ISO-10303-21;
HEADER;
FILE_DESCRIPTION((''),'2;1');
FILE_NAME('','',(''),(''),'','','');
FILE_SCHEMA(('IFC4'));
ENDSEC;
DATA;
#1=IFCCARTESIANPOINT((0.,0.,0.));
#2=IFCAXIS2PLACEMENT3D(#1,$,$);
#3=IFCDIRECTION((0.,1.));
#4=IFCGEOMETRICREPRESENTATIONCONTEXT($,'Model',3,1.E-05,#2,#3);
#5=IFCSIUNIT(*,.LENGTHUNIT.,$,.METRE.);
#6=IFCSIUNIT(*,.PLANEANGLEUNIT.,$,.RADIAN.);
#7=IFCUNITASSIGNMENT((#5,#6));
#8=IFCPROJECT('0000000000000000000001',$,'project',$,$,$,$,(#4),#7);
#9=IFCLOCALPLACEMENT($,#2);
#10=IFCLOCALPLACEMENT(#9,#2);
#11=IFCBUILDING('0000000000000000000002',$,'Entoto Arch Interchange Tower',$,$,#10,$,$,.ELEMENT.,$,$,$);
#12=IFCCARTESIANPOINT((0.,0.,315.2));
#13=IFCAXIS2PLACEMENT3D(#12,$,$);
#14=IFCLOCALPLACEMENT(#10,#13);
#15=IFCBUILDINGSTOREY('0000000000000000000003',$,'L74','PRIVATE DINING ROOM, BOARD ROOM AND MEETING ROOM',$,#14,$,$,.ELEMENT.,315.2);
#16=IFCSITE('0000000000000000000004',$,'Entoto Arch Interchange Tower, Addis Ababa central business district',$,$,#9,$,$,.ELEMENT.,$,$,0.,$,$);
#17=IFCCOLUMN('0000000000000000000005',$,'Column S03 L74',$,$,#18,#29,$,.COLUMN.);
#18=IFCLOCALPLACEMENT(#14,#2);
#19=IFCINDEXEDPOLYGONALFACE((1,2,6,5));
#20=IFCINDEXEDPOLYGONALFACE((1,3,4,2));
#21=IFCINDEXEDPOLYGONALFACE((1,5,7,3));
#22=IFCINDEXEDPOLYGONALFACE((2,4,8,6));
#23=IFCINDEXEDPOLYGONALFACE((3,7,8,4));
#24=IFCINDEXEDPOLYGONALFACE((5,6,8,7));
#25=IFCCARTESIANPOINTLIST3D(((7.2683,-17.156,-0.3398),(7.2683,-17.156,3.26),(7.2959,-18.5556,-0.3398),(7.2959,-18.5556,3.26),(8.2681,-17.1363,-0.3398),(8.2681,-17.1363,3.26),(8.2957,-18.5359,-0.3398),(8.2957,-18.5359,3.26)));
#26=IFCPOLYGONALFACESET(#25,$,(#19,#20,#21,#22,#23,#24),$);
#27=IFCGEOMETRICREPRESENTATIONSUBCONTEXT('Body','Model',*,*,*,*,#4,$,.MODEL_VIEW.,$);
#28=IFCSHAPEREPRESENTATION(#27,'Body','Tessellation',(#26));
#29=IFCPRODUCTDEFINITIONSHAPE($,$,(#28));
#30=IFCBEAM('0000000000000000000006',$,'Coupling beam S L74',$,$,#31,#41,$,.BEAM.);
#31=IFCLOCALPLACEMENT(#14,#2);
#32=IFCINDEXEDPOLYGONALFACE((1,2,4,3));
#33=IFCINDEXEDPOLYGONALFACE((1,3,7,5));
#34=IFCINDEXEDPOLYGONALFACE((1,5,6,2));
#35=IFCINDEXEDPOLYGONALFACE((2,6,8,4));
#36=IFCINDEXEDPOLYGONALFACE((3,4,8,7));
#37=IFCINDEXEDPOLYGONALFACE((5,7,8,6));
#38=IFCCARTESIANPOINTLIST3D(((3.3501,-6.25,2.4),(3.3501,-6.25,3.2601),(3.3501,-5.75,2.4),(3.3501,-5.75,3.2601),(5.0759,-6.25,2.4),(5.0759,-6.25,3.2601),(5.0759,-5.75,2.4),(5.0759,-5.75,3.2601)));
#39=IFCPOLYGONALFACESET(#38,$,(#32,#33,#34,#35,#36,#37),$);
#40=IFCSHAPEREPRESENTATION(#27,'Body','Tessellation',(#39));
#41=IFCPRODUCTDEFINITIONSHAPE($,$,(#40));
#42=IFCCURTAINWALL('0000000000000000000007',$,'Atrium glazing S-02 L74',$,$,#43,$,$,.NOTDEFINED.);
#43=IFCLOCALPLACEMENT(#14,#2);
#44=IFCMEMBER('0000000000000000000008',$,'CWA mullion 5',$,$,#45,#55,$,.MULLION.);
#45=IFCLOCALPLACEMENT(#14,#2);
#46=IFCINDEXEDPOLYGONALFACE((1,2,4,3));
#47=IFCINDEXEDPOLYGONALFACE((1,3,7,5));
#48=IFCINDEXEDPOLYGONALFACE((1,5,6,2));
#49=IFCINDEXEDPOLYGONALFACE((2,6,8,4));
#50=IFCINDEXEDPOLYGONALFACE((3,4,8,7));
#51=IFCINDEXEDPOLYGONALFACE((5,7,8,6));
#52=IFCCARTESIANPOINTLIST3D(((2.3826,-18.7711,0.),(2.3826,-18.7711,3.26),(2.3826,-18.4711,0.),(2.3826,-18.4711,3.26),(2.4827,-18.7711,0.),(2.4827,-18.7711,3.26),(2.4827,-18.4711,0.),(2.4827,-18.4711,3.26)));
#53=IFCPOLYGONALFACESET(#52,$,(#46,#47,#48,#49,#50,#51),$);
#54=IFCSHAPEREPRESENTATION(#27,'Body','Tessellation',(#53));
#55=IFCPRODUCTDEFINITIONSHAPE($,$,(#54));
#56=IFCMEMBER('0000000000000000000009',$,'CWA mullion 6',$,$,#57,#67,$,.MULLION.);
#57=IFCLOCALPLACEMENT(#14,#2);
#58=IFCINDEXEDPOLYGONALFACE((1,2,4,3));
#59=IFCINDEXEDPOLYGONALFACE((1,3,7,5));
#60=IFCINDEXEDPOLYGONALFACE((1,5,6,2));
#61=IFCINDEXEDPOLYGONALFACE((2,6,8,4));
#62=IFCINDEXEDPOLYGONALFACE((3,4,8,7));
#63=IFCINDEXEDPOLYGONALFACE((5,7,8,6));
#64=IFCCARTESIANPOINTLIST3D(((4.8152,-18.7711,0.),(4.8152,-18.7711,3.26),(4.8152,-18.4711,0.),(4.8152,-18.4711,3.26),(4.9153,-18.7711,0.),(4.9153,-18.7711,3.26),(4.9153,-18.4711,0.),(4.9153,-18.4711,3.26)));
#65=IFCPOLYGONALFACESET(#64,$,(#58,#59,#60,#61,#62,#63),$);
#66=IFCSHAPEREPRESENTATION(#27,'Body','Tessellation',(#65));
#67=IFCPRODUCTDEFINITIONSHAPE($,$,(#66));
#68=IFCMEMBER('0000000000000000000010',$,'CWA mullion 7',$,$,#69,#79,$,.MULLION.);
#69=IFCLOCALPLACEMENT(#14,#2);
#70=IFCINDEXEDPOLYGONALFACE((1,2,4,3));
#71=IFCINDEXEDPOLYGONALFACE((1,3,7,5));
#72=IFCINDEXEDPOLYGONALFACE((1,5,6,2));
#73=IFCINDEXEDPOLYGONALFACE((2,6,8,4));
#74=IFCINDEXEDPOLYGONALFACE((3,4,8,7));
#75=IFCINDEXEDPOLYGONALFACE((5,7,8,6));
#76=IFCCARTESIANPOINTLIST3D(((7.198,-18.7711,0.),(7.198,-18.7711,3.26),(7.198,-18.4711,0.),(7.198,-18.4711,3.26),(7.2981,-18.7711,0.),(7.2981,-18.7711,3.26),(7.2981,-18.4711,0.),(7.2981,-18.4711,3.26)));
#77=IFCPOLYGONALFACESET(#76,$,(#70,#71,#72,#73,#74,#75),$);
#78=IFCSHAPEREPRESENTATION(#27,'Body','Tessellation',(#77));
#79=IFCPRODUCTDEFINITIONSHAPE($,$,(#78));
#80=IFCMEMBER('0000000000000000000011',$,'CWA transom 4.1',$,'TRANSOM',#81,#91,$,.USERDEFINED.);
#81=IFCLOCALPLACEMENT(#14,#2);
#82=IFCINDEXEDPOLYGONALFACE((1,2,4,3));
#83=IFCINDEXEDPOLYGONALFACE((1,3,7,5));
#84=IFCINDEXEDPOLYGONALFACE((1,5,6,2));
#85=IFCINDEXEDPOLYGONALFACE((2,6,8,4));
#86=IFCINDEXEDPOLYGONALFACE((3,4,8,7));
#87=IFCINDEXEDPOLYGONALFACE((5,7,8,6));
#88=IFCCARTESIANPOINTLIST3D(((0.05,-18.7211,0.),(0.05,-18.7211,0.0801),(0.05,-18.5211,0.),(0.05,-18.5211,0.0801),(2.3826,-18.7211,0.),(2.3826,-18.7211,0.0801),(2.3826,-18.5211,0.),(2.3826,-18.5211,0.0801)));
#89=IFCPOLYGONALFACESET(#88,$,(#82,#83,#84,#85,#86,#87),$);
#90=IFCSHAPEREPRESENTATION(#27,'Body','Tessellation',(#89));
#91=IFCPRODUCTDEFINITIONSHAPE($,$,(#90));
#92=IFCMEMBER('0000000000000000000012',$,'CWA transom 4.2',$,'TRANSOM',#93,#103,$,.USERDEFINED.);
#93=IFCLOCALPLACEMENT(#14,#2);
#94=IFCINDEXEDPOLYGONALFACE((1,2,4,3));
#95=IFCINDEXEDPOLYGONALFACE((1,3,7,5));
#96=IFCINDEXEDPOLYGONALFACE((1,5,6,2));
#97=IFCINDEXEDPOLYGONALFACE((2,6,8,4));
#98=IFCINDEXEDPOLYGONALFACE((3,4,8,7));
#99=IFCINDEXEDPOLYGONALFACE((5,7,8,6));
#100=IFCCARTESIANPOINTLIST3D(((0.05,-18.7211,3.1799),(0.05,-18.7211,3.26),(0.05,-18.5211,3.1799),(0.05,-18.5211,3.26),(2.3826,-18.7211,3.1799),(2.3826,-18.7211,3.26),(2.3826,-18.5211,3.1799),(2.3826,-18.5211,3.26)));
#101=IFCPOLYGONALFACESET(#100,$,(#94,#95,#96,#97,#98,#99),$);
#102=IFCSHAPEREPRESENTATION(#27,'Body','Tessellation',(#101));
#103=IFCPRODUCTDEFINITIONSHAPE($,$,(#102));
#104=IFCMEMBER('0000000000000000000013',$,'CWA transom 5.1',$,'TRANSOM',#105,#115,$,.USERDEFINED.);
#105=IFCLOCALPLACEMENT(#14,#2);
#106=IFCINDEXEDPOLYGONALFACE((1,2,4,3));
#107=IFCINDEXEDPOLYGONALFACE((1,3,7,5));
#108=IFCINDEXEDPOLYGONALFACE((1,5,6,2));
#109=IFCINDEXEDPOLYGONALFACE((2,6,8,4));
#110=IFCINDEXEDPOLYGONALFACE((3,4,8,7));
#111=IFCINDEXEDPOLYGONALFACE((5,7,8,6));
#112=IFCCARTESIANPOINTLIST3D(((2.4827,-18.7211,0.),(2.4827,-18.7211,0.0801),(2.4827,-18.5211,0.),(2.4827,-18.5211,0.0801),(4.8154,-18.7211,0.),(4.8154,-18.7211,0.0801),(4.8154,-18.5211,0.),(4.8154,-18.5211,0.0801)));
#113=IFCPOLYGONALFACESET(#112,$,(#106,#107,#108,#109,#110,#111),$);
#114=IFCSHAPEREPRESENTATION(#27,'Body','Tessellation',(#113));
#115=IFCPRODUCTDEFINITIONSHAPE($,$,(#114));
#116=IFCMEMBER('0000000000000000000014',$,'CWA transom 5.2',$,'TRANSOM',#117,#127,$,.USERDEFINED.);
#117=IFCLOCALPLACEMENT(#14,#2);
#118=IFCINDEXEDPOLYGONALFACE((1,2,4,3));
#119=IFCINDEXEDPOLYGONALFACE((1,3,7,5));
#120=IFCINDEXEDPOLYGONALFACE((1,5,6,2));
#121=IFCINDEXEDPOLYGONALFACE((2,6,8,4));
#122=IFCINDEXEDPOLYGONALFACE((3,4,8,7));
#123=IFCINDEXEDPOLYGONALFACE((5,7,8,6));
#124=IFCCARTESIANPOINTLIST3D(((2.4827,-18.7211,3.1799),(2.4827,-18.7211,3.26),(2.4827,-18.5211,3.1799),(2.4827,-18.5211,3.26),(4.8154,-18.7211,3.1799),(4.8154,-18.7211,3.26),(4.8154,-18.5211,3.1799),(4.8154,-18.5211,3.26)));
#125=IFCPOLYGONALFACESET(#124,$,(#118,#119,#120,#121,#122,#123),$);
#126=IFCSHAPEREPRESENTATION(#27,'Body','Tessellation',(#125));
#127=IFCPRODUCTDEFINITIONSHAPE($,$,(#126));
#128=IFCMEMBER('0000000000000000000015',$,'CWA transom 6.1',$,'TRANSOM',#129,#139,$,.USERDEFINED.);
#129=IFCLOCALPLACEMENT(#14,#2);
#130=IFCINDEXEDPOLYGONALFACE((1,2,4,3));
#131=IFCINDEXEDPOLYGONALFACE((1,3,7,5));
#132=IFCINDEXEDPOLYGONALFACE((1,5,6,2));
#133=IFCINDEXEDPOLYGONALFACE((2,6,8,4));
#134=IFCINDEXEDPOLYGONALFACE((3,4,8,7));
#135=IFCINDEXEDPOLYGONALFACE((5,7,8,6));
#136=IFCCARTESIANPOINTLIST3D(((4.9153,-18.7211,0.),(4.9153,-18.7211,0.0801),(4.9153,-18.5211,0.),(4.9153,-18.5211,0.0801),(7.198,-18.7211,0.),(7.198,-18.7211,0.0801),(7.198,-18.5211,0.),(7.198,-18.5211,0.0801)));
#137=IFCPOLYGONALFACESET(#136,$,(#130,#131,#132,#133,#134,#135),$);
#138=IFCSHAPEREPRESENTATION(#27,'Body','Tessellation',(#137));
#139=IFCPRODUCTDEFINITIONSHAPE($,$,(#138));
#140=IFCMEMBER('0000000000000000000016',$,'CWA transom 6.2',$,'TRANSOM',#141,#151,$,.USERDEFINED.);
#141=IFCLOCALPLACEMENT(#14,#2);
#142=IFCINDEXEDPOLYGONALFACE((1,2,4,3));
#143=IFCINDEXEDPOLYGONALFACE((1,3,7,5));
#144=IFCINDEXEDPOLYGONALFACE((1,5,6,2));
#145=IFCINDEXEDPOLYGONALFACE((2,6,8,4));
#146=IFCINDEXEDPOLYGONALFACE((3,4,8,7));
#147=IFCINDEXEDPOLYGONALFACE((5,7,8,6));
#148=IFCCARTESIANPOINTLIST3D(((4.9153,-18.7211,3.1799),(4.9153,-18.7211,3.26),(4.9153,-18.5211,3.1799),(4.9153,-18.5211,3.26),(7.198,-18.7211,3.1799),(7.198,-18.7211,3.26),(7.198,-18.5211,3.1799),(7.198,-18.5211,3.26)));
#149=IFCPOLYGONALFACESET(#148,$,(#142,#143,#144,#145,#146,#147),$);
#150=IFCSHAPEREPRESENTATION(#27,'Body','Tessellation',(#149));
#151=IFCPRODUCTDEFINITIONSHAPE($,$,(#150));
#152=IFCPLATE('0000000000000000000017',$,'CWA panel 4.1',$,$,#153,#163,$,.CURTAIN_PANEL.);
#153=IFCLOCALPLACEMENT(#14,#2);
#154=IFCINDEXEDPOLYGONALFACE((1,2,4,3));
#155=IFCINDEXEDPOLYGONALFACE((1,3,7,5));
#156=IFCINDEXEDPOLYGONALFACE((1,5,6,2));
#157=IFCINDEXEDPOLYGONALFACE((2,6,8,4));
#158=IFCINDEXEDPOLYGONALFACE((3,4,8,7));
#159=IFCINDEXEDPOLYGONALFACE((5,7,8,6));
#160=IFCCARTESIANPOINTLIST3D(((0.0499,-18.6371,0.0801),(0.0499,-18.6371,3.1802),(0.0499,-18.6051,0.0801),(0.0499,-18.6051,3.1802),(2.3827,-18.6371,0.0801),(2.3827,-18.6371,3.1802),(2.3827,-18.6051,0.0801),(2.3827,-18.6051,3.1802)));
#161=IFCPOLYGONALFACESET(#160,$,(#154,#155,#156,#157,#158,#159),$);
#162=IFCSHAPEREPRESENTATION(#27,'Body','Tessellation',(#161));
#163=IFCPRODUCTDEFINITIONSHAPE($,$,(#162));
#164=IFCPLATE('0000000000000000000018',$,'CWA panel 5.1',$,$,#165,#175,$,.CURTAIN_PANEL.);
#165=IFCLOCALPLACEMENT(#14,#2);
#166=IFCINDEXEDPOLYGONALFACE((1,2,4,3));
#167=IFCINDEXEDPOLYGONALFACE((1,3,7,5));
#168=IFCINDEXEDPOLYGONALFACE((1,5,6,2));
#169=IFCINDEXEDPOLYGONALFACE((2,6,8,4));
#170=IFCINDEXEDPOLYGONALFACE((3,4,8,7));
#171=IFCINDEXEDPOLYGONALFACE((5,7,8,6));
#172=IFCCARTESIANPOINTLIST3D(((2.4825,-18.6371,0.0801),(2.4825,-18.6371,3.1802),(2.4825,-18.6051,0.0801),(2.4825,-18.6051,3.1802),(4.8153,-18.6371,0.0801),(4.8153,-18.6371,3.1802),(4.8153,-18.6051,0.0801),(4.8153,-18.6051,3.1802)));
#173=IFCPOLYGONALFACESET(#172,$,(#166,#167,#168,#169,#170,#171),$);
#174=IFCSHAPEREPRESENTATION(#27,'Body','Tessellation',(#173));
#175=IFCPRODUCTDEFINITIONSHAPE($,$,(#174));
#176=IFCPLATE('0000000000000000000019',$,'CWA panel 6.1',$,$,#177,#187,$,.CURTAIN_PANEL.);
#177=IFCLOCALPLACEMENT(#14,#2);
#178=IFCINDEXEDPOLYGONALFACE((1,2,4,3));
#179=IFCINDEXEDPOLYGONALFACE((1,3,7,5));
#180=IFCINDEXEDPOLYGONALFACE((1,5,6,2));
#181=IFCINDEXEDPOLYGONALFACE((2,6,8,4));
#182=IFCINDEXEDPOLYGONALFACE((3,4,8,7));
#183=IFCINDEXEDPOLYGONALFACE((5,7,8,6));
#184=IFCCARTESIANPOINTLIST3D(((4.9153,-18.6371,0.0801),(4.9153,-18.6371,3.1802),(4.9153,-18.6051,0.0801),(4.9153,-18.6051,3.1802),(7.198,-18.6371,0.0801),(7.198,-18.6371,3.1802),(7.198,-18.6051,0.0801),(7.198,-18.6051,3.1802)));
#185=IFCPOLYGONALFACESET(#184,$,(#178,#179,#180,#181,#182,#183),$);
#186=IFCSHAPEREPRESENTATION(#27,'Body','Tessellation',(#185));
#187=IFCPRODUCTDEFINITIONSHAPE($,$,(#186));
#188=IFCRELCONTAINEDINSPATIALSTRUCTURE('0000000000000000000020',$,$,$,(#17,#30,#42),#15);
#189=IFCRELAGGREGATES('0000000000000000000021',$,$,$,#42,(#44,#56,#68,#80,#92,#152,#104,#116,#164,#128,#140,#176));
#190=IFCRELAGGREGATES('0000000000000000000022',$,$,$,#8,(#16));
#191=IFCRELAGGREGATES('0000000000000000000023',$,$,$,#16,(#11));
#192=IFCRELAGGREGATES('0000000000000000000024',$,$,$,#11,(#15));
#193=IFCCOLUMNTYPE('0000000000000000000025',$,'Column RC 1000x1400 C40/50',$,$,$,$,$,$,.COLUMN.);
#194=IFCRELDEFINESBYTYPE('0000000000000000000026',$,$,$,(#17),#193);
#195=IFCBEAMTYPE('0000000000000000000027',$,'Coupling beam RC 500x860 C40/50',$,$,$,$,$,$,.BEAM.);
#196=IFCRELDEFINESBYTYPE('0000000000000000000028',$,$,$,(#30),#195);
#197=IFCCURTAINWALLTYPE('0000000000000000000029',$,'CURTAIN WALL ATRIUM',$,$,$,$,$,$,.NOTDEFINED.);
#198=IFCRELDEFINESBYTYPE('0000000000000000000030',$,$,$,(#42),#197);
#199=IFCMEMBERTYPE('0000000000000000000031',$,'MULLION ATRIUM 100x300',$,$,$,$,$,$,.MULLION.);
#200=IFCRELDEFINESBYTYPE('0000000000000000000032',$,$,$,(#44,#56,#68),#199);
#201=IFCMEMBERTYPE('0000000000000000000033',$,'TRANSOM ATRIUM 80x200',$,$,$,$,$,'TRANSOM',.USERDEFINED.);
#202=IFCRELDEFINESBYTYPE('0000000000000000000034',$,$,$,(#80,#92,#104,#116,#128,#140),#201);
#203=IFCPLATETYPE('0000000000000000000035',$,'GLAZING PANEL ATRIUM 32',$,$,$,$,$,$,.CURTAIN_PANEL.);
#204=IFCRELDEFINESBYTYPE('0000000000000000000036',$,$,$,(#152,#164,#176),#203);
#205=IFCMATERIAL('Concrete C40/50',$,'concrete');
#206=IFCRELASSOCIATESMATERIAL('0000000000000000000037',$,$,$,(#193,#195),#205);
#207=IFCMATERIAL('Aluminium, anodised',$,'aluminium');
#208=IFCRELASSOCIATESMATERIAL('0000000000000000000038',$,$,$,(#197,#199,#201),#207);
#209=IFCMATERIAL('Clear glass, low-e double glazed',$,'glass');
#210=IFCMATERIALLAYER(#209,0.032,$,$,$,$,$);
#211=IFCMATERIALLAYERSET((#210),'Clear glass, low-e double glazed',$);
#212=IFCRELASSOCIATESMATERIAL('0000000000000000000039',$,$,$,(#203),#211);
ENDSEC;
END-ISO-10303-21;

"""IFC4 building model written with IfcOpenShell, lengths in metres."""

from ifc_helpers import new_model, si_unit, direction, frame, origin, origin_2d, place, context, subcontext, project, spatial, rectangle, extrude, material, layer, layer_set, material_profile, profile_set, type_object, element, aggregate, save


model = new_model("IFC4")

# Units and contexts
model_context = context("Model", 3, precision=1e-05, world=origin(), true_north=direction((0.0, 1.0)))
body_context = subcontext(model_context, "Body", "Model", "MODEL_VIEW")
ifc_project = project(units=[si_unit("LENGTHUNIT", "METRE"), si_unit("PLANEANGLEUNIT", "RADIAN")], contexts=[model_context])

# Site, building, storey
site_placement = place(None, origin())
site = spatial("IfcSite", under=ifc_project, at=site_placement, Name="Entoto Arch Interchange Tower, Addis Ababa central business district", CompositionType="ELEMENT", RefElevation=0.0)
building_placement = place(site_placement, origin())
building = spatial("IfcBuilding", under=site, at=building_placement, Name="Entoto Arch Interchange Tower", CompositionType="ELEMENT")
storey_placement = place(building_placement, frame((0.0, 0.0, 315.2)))
storey = spatial("IfcBuildingStorey", under=building, at=storey_placement, Name="L74", Description="PRIVATE DINING ROOM, BOARD ROOM AND MEETING ROOM", CompositionType="ELEMENT", Elevation=315.2)

# Column
ifc_material_1 = material(Name="Concrete C40/50", Category="concrete")
ifc_material_profile_1 = material_profile(ifc_material_1, rectangle(XDim=1.0, YDim=1.3999, at=origin_2d()))
ifc_profile_set_1 = profile_set([ifc_material_profile_1], Name="Concrete C40/50")
column_type = type_object("IfcColumnType", Name="Column RC 1000x1400 C40/50", PredefinedType="COLUMN", material=ifc_profile_set_1)
column_placement = place(storey_placement, frame((7.782, -17.8459, -0.3398), z_axis=(0.0, 0.0, 1.0), x_axis=(0.999806, 0.019721, 0.0)))
element("IfcColumn", 1, at=column_placement, inside=storey, type_object=column_type, Name="Column S03 L74", PredefinedType="COLUMN", context=body_context, shape_type="SweptSolid", body=[
    extrude(rectangle(XDim=1.0, YDim=1.3999, at=origin_2d()), origin(), (0.0, 0.0, 1.0), 3.5999),
])

# Beam
ifc_material_profile_2 = material_profile(ifc_material_1, rectangle(XDim=0.5, YDim=0.8601, at=origin_2d()))
ifc_profile_set_2 = profile_set([ifc_material_profile_2], Name="Concrete C40/50")
beam_type = type_object("IfcBeamType", Name="Coupling beam RC 500x860 C40/50", PredefinedType="BEAM", material=ifc_profile_set_2)
beam_placement = place(storey_placement, frame((3.3501, -6.0, 2.8301), z_axis=(1.0, 0.0, 0.0), x_axis=(0.0, 1.0, 0.0)))
element("IfcBeam", 2, at=beam_placement, inside=storey, type_object=beam_type, Name="Coupling beam S L74", PredefinedType="BEAM", context=body_context, shape_type="SweptSolid", body=[
    extrude(rectangle(XDim=0.5, YDim=0.8601, at=origin_2d()), origin(), (0.0, 0.0, 1.0), 1.7258),
])

# Curtain wall, members, plates
ifc_material_2 = material(Name="Aluminium, anodised", Category="aluminium")
curtain_wall_type = type_object("IfcCurtainWallType", Name="CURTAIN WALL ATRIUM", PredefinedType="NOTDEFINED", material=ifc_material_2)
curtain_wall_placement = place(storey_placement, origin())
curtain_wall = element("IfcCurtainWall", 3, at=curtain_wall_placement, inside=storey, type_object=curtain_wall_type, Name="Atrium glazing S-02 L74", PredefinedType="NOTDEFINED")
ifc_material_profile_3 = material_profile(ifc_material_2, rectangle(XDim=0.3, YDim=0.1001, at=origin_2d()))
ifc_profile_set_3 = profile_set([ifc_material_profile_3], Name="Aluminium, anodised")
member_type_1 = type_object("IfcMemberType", Name="MULLION ATRIUM 100x300", PredefinedType="MULLION", material=ifc_profile_set_3)
member_1_placement = place(storey_placement, frame((2.4326, -18.6211, 0.0), z_axis=(0.0, 0.0, 1.0), x_axis=(0.0, 1.0, 0.0)))
member_1 = element("IfcMember", 4, at=member_1_placement, type_object=member_type_1, Name="CWA mullion 5", PredefinedType="MULLION", context=body_context, shape_type="SweptSolid", body=[
    extrude(rectangle(XDim=0.3, YDim=0.1001, at=origin_2d()), origin(), (0.0, 0.0, 1.0), 3.26),
])
member_2_placement = place(storey_placement, frame((4.8652, -18.6211, 0.0), z_axis=(0.0, 0.0, 1.0), x_axis=(0.0, 1.0, 0.0)))
member_2 = element("IfcMember", 5, at=member_2_placement, type_object=member_type_1, Name="CWA mullion 6", PredefinedType="MULLION", context=body_context, shape_type="SweptSolid", body=[
    extrude(rectangle(XDim=0.3, YDim=0.1001, at=origin_2d()), origin(), (0.0, 0.0, 1.0), 3.26),
])
member_3_placement = place(storey_placement, frame((7.248, -18.6211, 0.0), z_axis=(0.0, 0.0, 1.0), x_axis=(0.0, 1.0, 0.0)))
member_3 = element("IfcMember", 6, at=member_3_placement, type_object=member_type_1, Name="CWA mullion 7", PredefinedType="MULLION", context=body_context, shape_type="SweptSolid", body=[
    extrude(rectangle(XDim=0.3, YDim=0.1001, at=origin_2d()), origin(), (0.0, 0.0, 1.0), 3.26),
])
ifc_material_profile_4 = material_profile(ifc_material_2, rectangle(XDim=0.2, YDim=0.0801, at=origin_2d()))
ifc_profile_set_4 = profile_set([ifc_material_profile_4], Name="Aluminium, anodised")
member_type_2 = type_object("IfcMemberType", Name="TRANSOM ATRIUM 80x200", ElementType="TRANSOM", PredefinedType="USERDEFINED", material=ifc_profile_set_4)
member_4_placement = place(storey_placement, frame((0.05, -18.6211, 0.04), z_axis=(1.0, 0.0, 0.0), x_axis=(0.0, 1.0, 0.0)))
member_4 = element("IfcMember", 7, at=member_4_placement, type_object=member_type_2, Name="CWA transom 4.1", ObjectType="TRANSOM", PredefinedType="USERDEFINED", context=body_context, shape_type="SweptSolid", body=[
    extrude(rectangle(XDim=0.2, YDim=0.0801, at=origin_2d()), origin(), (0.0, 0.0, 1.0), 2.3325),
])
member_5_placement = place(storey_placement, frame((0.05, -18.6211, 3.22), z_axis=(1.0, 0.0, 0.0), x_axis=(0.0, 1.0, 0.0)))
member_5 = element("IfcMember", 8, at=member_5_placement, type_object=member_type_2, Name="CWA transom 4.2", ObjectType="TRANSOM", PredefinedType="USERDEFINED", context=body_context, shape_type="SweptSolid", body=[
    extrude(rectangle(XDim=0.2, YDim=0.0801, at=origin_2d()), origin(), (0.0, 0.0, 1.0), 2.3325),
])
member_6_placement = place(storey_placement, frame((2.4827, -18.6211, 0.04), z_axis=(1.0, 0.0, 0.0), x_axis=(0.0, 1.0, 0.0)))
member_6 = element("IfcMember", 9, at=member_6_placement, type_object=member_type_2, Name="CWA transom 5.1", ObjectType="TRANSOM", PredefinedType="USERDEFINED", context=body_context, shape_type="SweptSolid", body=[
    extrude(rectangle(XDim=0.2, YDim=0.0801, at=origin_2d()), origin(), (0.0, 0.0, 1.0), 2.3328),
])
member_7_placement = place(storey_placement, frame((2.4827, -18.6211, 3.22), z_axis=(1.0, 0.0, 0.0), x_axis=(0.0, 1.0, 0.0)))
member_7 = element("IfcMember", 10, at=member_7_placement, type_object=member_type_2, Name="CWA transom 5.2", ObjectType="TRANSOM", PredefinedType="USERDEFINED", context=body_context, shape_type="SweptSolid", body=[
    extrude(rectangle(XDim=0.2, YDim=0.0801, at=origin_2d()), origin(), (0.0, 0.0, 1.0), 2.3328),
])
member_8_placement = place(storey_placement, frame((4.9153, -18.6211, 0.04), z_axis=(1.0, 0.0, 0.0), x_axis=(0.0, 1.0, 0.0)))
member_8 = element("IfcMember", 11, at=member_8_placement, type_object=member_type_2, Name="CWA transom 6.1", ObjectType="TRANSOM", PredefinedType="USERDEFINED", context=body_context, shape_type="SweptSolid", body=[
    extrude(rectangle(XDim=0.2, YDim=0.0801, at=origin_2d()), origin(), (0.0, 0.0, 1.0), 2.2827),
])
member_9_placement = place(storey_placement, frame((4.9153, -18.6211, 3.22), z_axis=(1.0, 0.0, 0.0), x_axis=(0.0, 1.0, 0.0)))
member_9 = element("IfcMember", 12, at=member_9_placement, type_object=member_type_2, Name="CWA transom 6.2", ObjectType="TRANSOM", PredefinedType="USERDEFINED", context=body_context, shape_type="SweptSolid", body=[
    extrude(rectangle(XDim=0.2, YDim=0.0801, at=origin_2d()), origin(), (0.0, 0.0, 1.0), 2.2827),
])
ifc_material_3 = material(Name="Clear glass, low-e double glazed", Category="glass")
ifc_layer_1 = layer(ifc_material_3, 0.032)
ifc_layer_set_1 = layer_set([ifc_layer_1], Name="Clear glass, low-e double glazed")
plate_type = type_object("IfcPlateType", Name="GLAZING PANEL ATRIUM 32", PredefinedType="CURTAIN_PANEL", material=ifc_layer_set_1)
plate_1_placement = place(storey_placement, frame((1.2163, -18.6211, 0.0801), z_axis=(0.0, 0.0, 1.0), x_axis=(1.0, 0.0, 0.0)))
plate_1 = element("IfcPlate", 13, at=plate_1_placement, type_object=plate_type, Name="CWA panel 4.1", PredefinedType="CURTAIN_PANEL", context=body_context, shape_type="SweptSolid", body=[
    extrude(rectangle(XDim=2.3328, YDim=0.032, at=origin_2d()), origin(), (0.0, 0.0, 1.0), 3.1001),
])
plate_2_placement = place(storey_placement, frame((3.6489, -18.6211, 0.0801), z_axis=(0.0, 0.0, 1.0), x_axis=(1.0, 0.0, 0.0)))
plate_2 = element("IfcPlate", 14, at=plate_2_placement, type_object=plate_type, Name="CWA panel 5.1", PredefinedType="CURTAIN_PANEL", context=body_context, shape_type="SweptSolid", body=[
    extrude(rectangle(XDim=2.3328, YDim=0.032, at=origin_2d()), origin(), (0.0, 0.0, 1.0), 3.1001),
])
plate_3_placement = place(storey_placement, frame((6.0566, -18.6211, 0.0801), z_axis=(0.0, 0.0, 1.0), x_axis=(1.0, 0.0, 0.0)))
plate_3 = element("IfcPlate", 15, at=plate_3_placement, type_object=plate_type, Name="CWA panel 6.1", PredefinedType="CURTAIN_PANEL", context=body_context, shape_type="SweptSolid", body=[
    extrude(rectangle(XDim=2.2827, YDim=0.032, at=origin_2d()), origin(), (0.0, 0.0, 1.0), 3.1001),
])
aggregate(curtain_wall, [member_1, member_2, member_3, member_4, member_5, plate_1, member_6, member_7, plate_2, member_8, member_9, plate_3])

save(model, "model.ifc")
